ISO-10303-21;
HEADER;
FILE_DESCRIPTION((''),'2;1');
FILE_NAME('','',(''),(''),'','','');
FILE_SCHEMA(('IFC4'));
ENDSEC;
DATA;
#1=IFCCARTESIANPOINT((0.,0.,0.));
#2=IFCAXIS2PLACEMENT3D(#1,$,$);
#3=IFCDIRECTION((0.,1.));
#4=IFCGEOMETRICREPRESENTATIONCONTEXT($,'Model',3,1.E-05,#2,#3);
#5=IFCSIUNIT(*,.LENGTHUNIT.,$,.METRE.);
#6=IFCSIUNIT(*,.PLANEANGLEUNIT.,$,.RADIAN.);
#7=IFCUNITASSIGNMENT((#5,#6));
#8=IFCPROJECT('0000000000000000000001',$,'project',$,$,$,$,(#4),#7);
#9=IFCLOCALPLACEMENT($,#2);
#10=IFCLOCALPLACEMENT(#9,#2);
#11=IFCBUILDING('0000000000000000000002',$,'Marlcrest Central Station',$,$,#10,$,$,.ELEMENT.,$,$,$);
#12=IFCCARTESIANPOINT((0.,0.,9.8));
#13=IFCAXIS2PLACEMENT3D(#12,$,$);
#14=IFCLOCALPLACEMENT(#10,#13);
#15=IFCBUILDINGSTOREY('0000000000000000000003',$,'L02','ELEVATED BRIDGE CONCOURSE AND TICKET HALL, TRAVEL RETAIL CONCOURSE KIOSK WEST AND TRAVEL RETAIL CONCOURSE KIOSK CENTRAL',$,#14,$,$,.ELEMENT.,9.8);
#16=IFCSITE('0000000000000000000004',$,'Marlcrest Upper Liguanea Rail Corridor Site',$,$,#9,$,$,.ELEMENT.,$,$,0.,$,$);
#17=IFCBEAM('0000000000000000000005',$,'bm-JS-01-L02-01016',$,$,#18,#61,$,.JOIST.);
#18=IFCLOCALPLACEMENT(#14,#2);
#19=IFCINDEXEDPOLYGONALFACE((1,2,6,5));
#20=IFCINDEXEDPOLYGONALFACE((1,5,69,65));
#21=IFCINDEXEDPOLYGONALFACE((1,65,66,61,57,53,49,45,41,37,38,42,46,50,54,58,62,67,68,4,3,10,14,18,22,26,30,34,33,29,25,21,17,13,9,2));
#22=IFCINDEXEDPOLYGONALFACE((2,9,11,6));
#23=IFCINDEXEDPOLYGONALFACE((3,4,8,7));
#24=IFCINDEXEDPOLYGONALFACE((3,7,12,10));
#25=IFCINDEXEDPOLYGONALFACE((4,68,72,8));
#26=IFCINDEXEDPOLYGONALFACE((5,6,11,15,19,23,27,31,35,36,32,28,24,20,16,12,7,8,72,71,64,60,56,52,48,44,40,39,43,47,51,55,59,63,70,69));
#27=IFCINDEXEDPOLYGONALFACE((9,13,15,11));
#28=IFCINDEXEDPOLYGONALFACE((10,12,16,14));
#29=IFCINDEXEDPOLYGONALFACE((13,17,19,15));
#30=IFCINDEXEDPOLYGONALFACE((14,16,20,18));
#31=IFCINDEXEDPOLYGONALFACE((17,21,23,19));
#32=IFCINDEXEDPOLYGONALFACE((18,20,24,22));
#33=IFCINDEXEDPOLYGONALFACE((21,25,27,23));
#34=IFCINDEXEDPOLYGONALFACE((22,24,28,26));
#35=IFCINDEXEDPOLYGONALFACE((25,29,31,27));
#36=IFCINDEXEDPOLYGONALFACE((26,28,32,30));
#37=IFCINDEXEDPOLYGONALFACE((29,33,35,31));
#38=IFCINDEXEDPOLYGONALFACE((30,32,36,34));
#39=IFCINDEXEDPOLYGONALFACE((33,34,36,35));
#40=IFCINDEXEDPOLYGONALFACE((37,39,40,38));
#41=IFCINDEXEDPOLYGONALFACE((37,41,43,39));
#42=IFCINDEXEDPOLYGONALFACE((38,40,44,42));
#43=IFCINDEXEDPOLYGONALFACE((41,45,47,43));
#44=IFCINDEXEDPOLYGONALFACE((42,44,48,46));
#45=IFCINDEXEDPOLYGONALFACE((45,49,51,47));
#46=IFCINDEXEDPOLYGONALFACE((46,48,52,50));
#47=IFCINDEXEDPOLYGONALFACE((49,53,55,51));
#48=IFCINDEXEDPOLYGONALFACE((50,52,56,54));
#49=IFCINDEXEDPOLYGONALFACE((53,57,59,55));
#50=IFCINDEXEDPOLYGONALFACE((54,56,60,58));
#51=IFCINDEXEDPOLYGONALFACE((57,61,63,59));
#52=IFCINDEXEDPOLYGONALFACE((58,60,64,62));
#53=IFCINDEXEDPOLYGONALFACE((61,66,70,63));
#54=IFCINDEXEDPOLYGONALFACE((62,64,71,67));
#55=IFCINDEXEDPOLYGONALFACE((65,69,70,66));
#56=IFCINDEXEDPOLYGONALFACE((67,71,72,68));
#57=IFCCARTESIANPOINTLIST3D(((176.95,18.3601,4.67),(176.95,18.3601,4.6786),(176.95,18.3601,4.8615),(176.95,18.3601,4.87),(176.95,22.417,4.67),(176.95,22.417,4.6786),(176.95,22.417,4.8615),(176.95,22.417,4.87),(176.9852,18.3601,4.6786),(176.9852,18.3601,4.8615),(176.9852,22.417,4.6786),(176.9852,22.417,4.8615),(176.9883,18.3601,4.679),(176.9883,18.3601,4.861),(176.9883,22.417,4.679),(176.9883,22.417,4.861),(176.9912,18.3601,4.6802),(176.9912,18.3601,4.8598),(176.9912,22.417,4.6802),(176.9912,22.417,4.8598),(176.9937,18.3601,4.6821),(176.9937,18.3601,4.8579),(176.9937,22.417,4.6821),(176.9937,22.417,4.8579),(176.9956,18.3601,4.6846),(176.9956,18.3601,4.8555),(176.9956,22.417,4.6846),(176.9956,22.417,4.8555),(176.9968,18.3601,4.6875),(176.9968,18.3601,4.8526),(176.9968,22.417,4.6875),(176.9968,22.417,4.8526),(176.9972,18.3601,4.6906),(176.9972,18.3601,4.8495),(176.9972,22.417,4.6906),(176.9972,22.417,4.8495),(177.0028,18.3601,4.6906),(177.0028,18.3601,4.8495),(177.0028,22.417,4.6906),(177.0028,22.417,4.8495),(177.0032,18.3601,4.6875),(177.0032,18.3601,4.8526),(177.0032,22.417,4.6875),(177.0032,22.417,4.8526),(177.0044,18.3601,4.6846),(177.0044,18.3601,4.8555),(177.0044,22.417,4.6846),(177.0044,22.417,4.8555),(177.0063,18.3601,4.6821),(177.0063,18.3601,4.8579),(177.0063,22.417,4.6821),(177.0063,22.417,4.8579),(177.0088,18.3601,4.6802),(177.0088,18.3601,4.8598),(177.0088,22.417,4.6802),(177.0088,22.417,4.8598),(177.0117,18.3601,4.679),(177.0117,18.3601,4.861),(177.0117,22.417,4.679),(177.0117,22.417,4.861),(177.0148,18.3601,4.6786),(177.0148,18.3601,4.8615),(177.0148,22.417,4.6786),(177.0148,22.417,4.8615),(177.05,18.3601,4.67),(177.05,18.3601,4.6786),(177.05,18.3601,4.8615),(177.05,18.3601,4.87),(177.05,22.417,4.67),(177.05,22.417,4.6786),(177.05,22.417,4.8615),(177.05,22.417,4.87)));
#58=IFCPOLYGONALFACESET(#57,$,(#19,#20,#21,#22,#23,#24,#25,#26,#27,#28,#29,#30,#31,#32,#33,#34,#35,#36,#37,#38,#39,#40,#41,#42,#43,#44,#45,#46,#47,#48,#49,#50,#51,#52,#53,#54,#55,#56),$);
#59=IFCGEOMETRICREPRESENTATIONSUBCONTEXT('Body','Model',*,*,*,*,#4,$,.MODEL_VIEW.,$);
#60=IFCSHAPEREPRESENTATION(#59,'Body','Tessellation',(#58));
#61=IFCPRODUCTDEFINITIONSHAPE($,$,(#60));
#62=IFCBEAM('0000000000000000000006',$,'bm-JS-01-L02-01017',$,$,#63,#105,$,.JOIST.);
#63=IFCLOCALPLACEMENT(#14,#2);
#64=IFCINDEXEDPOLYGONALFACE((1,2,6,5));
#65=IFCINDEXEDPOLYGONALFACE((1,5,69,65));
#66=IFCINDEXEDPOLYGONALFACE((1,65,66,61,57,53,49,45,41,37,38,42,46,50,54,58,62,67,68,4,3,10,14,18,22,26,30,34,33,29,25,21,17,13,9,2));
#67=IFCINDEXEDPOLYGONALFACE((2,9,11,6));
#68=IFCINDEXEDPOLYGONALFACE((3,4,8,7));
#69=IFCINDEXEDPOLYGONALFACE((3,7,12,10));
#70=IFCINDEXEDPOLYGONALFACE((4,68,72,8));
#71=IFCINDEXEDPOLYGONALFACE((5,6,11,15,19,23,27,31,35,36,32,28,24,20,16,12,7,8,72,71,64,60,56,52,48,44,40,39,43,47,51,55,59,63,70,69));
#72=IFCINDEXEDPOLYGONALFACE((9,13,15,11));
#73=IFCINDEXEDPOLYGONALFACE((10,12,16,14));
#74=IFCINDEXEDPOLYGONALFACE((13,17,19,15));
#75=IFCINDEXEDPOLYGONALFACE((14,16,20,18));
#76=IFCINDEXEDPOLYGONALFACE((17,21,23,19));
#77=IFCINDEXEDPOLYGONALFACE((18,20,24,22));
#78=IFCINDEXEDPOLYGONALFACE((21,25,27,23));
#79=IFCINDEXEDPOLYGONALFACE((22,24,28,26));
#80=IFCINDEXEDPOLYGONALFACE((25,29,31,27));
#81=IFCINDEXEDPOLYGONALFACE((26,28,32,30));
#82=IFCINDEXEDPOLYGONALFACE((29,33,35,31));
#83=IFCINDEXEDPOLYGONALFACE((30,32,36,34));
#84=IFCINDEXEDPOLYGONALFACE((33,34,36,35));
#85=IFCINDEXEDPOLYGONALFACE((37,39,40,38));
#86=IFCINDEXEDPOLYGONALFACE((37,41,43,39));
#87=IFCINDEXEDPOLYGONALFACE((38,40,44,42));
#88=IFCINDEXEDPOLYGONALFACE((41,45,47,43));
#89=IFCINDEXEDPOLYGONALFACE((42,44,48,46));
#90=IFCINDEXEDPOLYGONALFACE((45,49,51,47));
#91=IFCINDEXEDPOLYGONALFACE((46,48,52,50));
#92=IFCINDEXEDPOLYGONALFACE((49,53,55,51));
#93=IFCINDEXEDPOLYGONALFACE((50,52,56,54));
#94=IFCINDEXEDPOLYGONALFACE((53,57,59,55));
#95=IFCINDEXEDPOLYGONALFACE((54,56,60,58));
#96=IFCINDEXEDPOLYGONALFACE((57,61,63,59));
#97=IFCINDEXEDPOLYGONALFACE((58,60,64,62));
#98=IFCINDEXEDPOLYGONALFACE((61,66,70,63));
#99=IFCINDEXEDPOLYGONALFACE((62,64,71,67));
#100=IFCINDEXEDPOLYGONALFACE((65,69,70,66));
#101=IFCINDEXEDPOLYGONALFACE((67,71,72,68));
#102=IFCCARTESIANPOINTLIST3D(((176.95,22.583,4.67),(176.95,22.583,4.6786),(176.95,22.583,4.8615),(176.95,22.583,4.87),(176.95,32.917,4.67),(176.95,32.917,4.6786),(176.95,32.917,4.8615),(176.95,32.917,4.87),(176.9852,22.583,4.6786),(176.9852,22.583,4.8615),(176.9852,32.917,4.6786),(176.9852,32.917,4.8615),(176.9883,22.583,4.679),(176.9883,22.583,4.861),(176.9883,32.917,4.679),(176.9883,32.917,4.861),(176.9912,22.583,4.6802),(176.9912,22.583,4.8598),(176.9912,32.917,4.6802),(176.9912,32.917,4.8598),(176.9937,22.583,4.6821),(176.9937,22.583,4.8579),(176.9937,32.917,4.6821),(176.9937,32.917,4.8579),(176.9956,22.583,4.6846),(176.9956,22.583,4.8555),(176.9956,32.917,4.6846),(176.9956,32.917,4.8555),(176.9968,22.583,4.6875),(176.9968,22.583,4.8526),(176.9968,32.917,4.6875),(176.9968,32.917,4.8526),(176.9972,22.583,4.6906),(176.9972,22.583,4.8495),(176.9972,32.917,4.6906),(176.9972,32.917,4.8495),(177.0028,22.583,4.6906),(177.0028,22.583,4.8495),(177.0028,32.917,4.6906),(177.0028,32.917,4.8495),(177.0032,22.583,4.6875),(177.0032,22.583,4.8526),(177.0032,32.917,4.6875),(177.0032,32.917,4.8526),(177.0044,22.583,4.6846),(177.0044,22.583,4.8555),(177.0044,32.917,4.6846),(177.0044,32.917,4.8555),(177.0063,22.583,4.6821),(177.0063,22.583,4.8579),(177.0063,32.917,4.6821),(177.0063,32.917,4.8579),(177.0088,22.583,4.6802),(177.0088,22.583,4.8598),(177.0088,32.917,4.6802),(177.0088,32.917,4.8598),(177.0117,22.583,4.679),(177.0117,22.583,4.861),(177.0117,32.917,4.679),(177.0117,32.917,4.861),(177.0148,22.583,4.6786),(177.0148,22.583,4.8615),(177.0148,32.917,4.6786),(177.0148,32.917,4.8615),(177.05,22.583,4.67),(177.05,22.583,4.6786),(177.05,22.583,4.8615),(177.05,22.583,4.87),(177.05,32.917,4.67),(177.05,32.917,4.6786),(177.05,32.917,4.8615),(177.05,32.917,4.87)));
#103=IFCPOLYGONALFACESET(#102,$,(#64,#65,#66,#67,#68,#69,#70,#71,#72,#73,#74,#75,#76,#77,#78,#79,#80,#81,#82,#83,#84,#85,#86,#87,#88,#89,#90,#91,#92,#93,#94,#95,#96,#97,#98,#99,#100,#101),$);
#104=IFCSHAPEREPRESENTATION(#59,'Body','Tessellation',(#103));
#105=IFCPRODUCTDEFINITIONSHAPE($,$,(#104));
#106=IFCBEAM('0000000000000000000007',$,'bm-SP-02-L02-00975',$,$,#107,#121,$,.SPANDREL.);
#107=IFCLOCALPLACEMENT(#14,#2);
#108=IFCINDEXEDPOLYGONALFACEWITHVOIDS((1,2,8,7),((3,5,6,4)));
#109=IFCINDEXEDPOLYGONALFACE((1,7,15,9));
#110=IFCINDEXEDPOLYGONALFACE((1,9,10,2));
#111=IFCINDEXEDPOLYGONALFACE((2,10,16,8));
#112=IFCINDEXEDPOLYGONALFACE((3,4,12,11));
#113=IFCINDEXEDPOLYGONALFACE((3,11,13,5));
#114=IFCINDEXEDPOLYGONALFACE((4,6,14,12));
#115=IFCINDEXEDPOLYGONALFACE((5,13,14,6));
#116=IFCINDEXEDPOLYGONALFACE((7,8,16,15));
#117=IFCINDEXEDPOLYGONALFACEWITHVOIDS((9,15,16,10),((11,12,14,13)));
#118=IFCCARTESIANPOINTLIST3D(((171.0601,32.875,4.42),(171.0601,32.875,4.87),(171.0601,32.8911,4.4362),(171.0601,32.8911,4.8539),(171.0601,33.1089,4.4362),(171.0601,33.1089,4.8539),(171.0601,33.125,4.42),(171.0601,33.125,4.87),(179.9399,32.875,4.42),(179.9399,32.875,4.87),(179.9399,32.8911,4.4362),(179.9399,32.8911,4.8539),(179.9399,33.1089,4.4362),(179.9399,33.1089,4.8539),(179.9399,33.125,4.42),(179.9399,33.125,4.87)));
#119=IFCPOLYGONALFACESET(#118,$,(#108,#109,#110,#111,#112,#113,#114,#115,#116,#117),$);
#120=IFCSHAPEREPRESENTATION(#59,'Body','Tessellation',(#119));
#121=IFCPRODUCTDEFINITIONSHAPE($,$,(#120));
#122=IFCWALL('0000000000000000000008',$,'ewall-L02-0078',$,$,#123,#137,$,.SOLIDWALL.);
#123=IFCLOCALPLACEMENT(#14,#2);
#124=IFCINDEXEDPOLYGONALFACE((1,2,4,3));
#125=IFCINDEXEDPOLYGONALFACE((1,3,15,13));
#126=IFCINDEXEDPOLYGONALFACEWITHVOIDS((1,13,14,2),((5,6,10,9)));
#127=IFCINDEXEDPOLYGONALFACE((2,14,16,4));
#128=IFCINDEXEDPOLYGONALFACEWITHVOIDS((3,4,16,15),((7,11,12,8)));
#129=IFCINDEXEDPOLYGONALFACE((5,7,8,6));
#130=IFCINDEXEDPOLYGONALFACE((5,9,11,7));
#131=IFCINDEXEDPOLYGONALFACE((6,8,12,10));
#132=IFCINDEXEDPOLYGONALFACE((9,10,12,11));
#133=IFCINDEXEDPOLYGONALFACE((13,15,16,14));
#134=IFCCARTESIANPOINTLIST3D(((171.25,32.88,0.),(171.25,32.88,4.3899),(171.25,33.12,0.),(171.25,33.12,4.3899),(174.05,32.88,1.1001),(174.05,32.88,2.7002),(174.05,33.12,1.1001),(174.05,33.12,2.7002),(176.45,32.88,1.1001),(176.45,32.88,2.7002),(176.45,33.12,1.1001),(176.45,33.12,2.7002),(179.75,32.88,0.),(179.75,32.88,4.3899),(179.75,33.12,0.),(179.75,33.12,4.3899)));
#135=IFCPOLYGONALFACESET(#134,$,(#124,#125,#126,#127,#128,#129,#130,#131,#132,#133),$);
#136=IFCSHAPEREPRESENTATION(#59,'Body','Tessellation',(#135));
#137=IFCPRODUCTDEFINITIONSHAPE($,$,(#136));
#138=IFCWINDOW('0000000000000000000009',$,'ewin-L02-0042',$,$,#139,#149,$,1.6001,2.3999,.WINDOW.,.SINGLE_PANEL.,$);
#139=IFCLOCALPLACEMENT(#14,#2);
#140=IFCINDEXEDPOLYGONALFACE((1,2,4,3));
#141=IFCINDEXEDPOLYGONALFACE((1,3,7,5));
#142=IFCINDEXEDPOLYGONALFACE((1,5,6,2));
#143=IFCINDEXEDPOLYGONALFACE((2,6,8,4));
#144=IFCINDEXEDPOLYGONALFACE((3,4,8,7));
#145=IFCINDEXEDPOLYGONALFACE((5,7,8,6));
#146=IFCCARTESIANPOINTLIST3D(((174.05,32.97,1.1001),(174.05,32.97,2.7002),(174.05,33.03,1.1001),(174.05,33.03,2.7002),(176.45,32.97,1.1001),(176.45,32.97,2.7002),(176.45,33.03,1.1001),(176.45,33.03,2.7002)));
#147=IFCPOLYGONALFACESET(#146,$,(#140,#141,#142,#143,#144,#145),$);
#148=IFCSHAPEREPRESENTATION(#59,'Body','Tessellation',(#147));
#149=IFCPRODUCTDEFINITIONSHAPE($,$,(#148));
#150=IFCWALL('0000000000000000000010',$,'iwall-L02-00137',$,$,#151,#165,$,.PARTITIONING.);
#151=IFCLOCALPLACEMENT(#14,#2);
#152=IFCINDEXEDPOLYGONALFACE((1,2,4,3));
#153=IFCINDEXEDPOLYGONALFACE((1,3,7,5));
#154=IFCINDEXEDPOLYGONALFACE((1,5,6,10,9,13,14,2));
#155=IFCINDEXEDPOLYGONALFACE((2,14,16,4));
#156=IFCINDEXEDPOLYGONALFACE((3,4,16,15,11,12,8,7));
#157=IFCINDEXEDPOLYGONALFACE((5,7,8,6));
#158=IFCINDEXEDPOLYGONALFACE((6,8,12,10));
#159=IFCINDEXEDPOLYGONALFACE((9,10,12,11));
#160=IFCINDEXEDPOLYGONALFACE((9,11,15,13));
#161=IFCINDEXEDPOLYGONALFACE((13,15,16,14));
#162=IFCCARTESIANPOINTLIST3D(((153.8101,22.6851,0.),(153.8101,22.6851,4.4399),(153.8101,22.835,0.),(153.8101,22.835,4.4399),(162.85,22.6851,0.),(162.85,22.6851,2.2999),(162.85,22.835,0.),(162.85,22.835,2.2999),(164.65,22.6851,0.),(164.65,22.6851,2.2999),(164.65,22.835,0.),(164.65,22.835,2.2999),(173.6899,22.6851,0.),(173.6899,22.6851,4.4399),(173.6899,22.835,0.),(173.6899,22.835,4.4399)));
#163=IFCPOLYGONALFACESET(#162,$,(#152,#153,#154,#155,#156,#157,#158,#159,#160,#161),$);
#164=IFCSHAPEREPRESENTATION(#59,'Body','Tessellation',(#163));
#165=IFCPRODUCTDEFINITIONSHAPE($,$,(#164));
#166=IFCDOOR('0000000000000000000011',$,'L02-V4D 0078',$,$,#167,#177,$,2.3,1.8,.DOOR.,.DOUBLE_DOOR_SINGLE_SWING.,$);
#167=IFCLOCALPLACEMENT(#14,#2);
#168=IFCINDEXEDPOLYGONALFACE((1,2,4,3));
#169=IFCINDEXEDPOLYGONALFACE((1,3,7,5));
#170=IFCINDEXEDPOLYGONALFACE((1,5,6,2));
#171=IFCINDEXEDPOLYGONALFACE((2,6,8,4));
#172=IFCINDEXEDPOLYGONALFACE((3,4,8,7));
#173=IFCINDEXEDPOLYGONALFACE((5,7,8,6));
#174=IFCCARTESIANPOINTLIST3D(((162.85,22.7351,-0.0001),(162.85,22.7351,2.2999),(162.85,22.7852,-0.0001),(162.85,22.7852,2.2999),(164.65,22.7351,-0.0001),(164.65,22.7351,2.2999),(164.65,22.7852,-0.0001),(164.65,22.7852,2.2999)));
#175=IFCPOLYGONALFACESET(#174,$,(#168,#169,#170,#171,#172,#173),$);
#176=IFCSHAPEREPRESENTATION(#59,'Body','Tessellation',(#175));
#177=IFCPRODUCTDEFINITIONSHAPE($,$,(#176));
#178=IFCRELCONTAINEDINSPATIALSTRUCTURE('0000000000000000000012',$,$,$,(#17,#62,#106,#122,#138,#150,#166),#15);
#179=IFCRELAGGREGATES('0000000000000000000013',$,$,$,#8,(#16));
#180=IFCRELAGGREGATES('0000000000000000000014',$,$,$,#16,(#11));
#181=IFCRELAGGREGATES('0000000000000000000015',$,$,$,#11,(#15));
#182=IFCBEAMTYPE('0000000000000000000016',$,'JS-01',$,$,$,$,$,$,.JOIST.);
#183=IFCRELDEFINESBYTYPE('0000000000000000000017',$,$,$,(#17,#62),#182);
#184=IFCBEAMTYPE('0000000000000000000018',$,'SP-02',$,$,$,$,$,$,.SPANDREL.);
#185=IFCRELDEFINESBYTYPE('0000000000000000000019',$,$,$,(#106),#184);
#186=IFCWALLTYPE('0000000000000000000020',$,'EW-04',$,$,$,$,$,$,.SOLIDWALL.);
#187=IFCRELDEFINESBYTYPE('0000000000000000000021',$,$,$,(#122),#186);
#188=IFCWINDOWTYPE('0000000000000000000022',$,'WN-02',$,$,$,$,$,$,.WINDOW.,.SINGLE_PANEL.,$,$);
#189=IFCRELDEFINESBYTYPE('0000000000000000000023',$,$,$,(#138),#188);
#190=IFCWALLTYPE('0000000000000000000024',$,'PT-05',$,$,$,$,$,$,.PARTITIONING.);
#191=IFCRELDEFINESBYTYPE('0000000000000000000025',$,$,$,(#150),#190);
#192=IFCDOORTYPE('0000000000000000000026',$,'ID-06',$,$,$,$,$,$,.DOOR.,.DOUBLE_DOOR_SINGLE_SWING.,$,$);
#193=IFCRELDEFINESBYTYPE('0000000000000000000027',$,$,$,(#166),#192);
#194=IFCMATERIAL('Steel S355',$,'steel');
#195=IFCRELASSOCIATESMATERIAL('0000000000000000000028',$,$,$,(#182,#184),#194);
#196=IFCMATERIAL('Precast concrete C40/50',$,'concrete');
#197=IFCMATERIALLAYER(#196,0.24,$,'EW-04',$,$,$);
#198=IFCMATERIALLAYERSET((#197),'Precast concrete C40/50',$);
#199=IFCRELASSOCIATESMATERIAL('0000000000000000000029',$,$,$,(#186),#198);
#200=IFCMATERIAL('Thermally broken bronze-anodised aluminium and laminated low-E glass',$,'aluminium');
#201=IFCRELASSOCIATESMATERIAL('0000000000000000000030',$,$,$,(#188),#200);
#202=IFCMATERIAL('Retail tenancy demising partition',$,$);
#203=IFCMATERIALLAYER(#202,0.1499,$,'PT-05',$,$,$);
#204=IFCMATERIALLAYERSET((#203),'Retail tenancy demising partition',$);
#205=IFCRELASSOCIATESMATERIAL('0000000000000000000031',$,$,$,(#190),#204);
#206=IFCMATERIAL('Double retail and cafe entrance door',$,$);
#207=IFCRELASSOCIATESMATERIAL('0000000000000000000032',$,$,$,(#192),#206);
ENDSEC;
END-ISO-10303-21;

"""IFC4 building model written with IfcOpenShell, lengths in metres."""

from ifc_helpers import new_model, si_unit, direction, frame, frame_2d, origin, origin_2d, place, context, subcontext, project, spatial, rectangle, hollow_rectangle, i_section, extrude, material, layer, layer_set, material_profile, profile_set, type_object, element, fill, save


model = new_model("IFC4")

# Units and contexts
model_context = context("Model", 3, precision=1e-05, world=origin(), true_north=direction((0.0, 1.0)))
body_context = subcontext(model_context, "Body", "Model", "MODEL_VIEW")
ifc_project = project(units=[si_unit("LENGTHUNIT", "METRE"), si_unit("PLANEANGLEUNIT", "RADIAN")], contexts=[model_context])

# Site, building, storey
site_placement = place(None, origin())
site = spatial("IfcSite", under=ifc_project, at=site_placement, Name="Marlcrest Upper Liguanea Rail Corridor Site", CompositionType="ELEMENT", RefElevation=0.0)
building_placement = place(site_placement, origin())
building = spatial("IfcBuilding", under=site, at=building_placement, Name="Marlcrest Central Station", CompositionType="ELEMENT")
storey_placement = place(building_placement, frame((0.0, 0.0, 9.8)))
storey = spatial("IfcBuildingStorey", under=building, at=storey_placement, Name="L02", Description="ELEVATED BRIDGE CONCOURSE AND TICKET HALL, TRAVEL RETAIL CONCOURSE KIOSK WEST AND TRAVEL RETAIL CONCOURSE KIOSK CENTRAL", CompositionType="ELEMENT", Elevation=9.8)

# Beams
ifc_material_1 = material(Name="Steel S355", Category="steel")
ifc_material_profile_1 = material_profile(ifc_material_1, i_section(OverallWidth=0.1001, OverallDepth=0.2, WebThickness=0.0056, FlangeThickness=0.0085, FilletRadius=0.012, at=origin_2d()), Name="IPE 200")
ifc_profile_set_1 = profile_set([ifc_material_profile_1], Name="Steel S355")
beam_type_1 = type_object("IfcBeamType", Name="JS-01", PredefinedType="JOIST", material=ifc_profile_set_1)
beam_1_placement = place(storey_placement, frame((177.0, 18.3601, 4.77), z_axis=(0.0, 1.0, 0.0), x_axis=(-1.0, 0.0, 0.0)))
element("IfcBeam", 1, at=beam_1_placement, inside=storey, type_object=beam_type_1, Name="bm-JS-01-L02-01016", PredefinedType="JOIST", context=body_context, shape_type="SweptSolid", body=[
    extrude(i_section(OverallWidth=0.1001, OverallDepth=0.2, WebThickness=0.0056, FlangeThickness=0.0085, FilletRadius=0.012, at=origin_2d()), origin(), (0.0, 0.0, 1.0), 4.0569),
])
beam_2_placement = place(storey_placement, frame((177.0, 22.583, 4.77), z_axis=(0.0, 1.0, 0.0), x_axis=(-1.0, 0.0, 0.0)))
element("IfcBeam", 2, at=beam_2_placement, inside=storey, type_object=beam_type_1, Name="bm-JS-01-L02-01017", PredefinedType="JOIST", context=body_context, shape_type="SweptSolid", body=[
    extrude(i_section(OverallWidth=0.1001, OverallDepth=0.2, WebThickness=0.0056, FlangeThickness=0.0085, FilletRadius=0.012, at=origin_2d()), origin(), (0.0, 0.0, 1.0), 10.334),
])
ifc_material_profile_2 = material_profile(ifc_material_1, hollow_rectangle(XDim=0.25, YDim=0.45, WallThickness=0.0161, at=origin_2d()), Name="RHS 450x250x16")
ifc_profile_set_2 = profile_set([ifc_material_profile_2], Name="Steel S355")
beam_type_2 = type_object("IfcBeamType", Name="SP-02", PredefinedType="SPANDREL", material=ifc_profile_set_2)
beam_3_placement = place(storey_placement, frame((171.0601, 33.0, 4.645), z_axis=(1.0, 0.0, 0.0), x_axis=(0.0, 1.0, 0.0)))
element("IfcBeam", 3, at=beam_3_placement, inside=storey, type_object=beam_type_2, Name="bm-SP-02-L02-00975", PredefinedType="SPANDREL", context=body_context, shape_type="SweptSolid", body=[
    extrude(hollow_rectangle(XDim=0.25, YDim=0.45, WallThickness=0.0161, at=origin_2d()), origin(), (0.0, 0.0, 1.0), 8.8799),
])

# Wall, opening, window
ifc_material_2 = material(Name="Precast concrete C40/50", Category="concrete")
ifc_layer_1 = layer(ifc_material_2, 0.24, Name="EW-04")
ifc_layer_set_1 = layer_set([ifc_layer_1], Name="Precast concrete C40/50")
wall_type_1 = type_object("IfcWallType", Name="EW-04", PredefinedType="SOLIDWALL", material=ifc_layer_set_1)
wall_1_placement = place(storey_placement, frame((171.25, 33.0, 0.0), z_axis=(0.0, 0.0, 1.0), x_axis=(1.0, 0.0, 0.0)))
wall_1 = element("IfcWall", 4, at=wall_1_placement, inside=storey, type_object=wall_type_1, Name="ewall-L02-0078", PredefinedType="SOLIDWALL", context=body_context, shape_type="SweptSolid", body=[
    extrude(rectangle(XDim=8.5, YDim=0.24, at=frame_2d((4.25, 0.0))), origin(), (0.0, 0.0, 1.0), 4.3899),
])
opening_1_placement = place(wall_1_placement, frame((2.8, 0.0, 1.1001)))
opening_1 = element("IfcOpeningElement", 5, at=opening_1_placement, cuts=wall_1, PredefinedType="OPENING", context=body_context, shape_type="SweptSolid", body=[
    extrude(rectangle(XDim=2.3999, YDim=1.6001, at=frame_2d((1.2, 0.8))), frame((0.0, 0.1299, 0.0), z_axis=(0.0, -1.0, 0.0), x_axis=(1.0, 0.0, 0.0)), (0.0, 0.0, 1.0), 0.26),
])
ifc_material_3 = material(Name="Thermally broken bronze-anodised aluminium and laminated low-E glass", Category="aluminium")
window_type = type_object("IfcWindowType", Name="WN-02", PartitioningType="SINGLE_PANEL", PredefinedType="WINDOW", material=ifc_material_3)
window_placement = place(opening_1_placement, origin())
window = element("IfcWindow", 6, at=window_placement, inside=storey, type_object=window_type, Name="ewin-L02-0042", OverallHeight=1.6001, OverallWidth=2.3999, PartitioningType="SINGLE_PANEL", PredefinedType="WINDOW", context=body_context, shape_type="SweptSolid", body=[
    extrude(rectangle(XDim=2.3999, YDim=1.6001, at=frame_2d((1.2, 0.8))), frame((0.0, 0.03, 0.0), z_axis=(0.0, -1.0, 0.0), x_axis=(1.0, 0.0, 0.0)), (0.0, 0.0, 1.0), 0.0601),
])
fill(opening_1, window)

# Wall, opening, door
ifc_material_4 = material(Name="Retail tenancy demising partition")
ifc_layer_2 = layer(ifc_material_4, 0.1499, Name="PT-05")
ifc_layer_set_2 = layer_set([ifc_layer_2], Name="Retail tenancy demising partition")
wall_type_2 = type_object("IfcWallType", Name="PT-05", PredefinedType="PARTITIONING", material=ifc_layer_set_2)
wall_2_placement = place(storey_placement, frame((173.6899, 22.76, 0.0), z_axis=(0.0, 0.0, 1.0), x_axis=(-1.0, 0.0, 0.0)))
wall_2 = element("IfcWall", 7, at=wall_2_placement, inside=storey, type_object=wall_type_2, Name="iwall-L02-00137", PredefinedType="PARTITIONING", context=body_context, shape_type="SweptSolid", body=[
    extrude(rectangle(XDim=19.8799, YDim=0.1499, at=frame_2d((9.9399, 0.0))), origin(), (0.0, 0.0, 1.0), 4.4399),
])
opening_2_placement = place(wall_2_placement, frame((9.04, 0.0, 0.0)))
opening_2 = element("IfcOpeningElement", 8, at=opening_2_placement, cuts=wall_2, PredefinedType="OPENING", context=body_context, shape_type="SweptSolid", body=[
    extrude(rectangle(XDim=1.8, YDim=2.3, at=frame_2d((0.8999, 1.1499))), frame((0.0, 0.085, 0.0), z_axis=(0.0, -1.0, 0.0), x_axis=(1.0, 0.0, 0.0)), (0.0, 0.0, 1.0), 0.1699),
])
ifc_material_5 = material(Name="Double retail and cafe entrance door")
door_type_1 = type_object("IfcDoorType", Name="ID-06", OperationType="DOUBLE_DOOR_SINGLE_SWING", PredefinedType="DOOR", material=ifc_material_5)
door_1_placement = place(opening_2_placement, origin())
door_1 = element("IfcDoor", 9, at=door_1_placement, inside=storey, type_object=door_type_1, Name="L02-V4D 0078", OperationType="DOUBLE_DOOR_SINGLE_SWING", OverallHeight=2.3, OverallWidth=1.8, PredefinedType="DOOR", context=body_context, shape_type="SweptSolid", body=[
    extrude(rectangle(XDim=1.8, YDim=2.3, at=frame_2d((0.8999, 1.1499))), frame((0.0, 0.0249, 0.0), z_axis=(0.0, -1.0, 0.0), x_axis=(1.0, 0.0, 0.0)), (0.0, 0.0, 1.0), 0.05),
])
fill(opening_2, door_1)

save(model, "model.ifc")
